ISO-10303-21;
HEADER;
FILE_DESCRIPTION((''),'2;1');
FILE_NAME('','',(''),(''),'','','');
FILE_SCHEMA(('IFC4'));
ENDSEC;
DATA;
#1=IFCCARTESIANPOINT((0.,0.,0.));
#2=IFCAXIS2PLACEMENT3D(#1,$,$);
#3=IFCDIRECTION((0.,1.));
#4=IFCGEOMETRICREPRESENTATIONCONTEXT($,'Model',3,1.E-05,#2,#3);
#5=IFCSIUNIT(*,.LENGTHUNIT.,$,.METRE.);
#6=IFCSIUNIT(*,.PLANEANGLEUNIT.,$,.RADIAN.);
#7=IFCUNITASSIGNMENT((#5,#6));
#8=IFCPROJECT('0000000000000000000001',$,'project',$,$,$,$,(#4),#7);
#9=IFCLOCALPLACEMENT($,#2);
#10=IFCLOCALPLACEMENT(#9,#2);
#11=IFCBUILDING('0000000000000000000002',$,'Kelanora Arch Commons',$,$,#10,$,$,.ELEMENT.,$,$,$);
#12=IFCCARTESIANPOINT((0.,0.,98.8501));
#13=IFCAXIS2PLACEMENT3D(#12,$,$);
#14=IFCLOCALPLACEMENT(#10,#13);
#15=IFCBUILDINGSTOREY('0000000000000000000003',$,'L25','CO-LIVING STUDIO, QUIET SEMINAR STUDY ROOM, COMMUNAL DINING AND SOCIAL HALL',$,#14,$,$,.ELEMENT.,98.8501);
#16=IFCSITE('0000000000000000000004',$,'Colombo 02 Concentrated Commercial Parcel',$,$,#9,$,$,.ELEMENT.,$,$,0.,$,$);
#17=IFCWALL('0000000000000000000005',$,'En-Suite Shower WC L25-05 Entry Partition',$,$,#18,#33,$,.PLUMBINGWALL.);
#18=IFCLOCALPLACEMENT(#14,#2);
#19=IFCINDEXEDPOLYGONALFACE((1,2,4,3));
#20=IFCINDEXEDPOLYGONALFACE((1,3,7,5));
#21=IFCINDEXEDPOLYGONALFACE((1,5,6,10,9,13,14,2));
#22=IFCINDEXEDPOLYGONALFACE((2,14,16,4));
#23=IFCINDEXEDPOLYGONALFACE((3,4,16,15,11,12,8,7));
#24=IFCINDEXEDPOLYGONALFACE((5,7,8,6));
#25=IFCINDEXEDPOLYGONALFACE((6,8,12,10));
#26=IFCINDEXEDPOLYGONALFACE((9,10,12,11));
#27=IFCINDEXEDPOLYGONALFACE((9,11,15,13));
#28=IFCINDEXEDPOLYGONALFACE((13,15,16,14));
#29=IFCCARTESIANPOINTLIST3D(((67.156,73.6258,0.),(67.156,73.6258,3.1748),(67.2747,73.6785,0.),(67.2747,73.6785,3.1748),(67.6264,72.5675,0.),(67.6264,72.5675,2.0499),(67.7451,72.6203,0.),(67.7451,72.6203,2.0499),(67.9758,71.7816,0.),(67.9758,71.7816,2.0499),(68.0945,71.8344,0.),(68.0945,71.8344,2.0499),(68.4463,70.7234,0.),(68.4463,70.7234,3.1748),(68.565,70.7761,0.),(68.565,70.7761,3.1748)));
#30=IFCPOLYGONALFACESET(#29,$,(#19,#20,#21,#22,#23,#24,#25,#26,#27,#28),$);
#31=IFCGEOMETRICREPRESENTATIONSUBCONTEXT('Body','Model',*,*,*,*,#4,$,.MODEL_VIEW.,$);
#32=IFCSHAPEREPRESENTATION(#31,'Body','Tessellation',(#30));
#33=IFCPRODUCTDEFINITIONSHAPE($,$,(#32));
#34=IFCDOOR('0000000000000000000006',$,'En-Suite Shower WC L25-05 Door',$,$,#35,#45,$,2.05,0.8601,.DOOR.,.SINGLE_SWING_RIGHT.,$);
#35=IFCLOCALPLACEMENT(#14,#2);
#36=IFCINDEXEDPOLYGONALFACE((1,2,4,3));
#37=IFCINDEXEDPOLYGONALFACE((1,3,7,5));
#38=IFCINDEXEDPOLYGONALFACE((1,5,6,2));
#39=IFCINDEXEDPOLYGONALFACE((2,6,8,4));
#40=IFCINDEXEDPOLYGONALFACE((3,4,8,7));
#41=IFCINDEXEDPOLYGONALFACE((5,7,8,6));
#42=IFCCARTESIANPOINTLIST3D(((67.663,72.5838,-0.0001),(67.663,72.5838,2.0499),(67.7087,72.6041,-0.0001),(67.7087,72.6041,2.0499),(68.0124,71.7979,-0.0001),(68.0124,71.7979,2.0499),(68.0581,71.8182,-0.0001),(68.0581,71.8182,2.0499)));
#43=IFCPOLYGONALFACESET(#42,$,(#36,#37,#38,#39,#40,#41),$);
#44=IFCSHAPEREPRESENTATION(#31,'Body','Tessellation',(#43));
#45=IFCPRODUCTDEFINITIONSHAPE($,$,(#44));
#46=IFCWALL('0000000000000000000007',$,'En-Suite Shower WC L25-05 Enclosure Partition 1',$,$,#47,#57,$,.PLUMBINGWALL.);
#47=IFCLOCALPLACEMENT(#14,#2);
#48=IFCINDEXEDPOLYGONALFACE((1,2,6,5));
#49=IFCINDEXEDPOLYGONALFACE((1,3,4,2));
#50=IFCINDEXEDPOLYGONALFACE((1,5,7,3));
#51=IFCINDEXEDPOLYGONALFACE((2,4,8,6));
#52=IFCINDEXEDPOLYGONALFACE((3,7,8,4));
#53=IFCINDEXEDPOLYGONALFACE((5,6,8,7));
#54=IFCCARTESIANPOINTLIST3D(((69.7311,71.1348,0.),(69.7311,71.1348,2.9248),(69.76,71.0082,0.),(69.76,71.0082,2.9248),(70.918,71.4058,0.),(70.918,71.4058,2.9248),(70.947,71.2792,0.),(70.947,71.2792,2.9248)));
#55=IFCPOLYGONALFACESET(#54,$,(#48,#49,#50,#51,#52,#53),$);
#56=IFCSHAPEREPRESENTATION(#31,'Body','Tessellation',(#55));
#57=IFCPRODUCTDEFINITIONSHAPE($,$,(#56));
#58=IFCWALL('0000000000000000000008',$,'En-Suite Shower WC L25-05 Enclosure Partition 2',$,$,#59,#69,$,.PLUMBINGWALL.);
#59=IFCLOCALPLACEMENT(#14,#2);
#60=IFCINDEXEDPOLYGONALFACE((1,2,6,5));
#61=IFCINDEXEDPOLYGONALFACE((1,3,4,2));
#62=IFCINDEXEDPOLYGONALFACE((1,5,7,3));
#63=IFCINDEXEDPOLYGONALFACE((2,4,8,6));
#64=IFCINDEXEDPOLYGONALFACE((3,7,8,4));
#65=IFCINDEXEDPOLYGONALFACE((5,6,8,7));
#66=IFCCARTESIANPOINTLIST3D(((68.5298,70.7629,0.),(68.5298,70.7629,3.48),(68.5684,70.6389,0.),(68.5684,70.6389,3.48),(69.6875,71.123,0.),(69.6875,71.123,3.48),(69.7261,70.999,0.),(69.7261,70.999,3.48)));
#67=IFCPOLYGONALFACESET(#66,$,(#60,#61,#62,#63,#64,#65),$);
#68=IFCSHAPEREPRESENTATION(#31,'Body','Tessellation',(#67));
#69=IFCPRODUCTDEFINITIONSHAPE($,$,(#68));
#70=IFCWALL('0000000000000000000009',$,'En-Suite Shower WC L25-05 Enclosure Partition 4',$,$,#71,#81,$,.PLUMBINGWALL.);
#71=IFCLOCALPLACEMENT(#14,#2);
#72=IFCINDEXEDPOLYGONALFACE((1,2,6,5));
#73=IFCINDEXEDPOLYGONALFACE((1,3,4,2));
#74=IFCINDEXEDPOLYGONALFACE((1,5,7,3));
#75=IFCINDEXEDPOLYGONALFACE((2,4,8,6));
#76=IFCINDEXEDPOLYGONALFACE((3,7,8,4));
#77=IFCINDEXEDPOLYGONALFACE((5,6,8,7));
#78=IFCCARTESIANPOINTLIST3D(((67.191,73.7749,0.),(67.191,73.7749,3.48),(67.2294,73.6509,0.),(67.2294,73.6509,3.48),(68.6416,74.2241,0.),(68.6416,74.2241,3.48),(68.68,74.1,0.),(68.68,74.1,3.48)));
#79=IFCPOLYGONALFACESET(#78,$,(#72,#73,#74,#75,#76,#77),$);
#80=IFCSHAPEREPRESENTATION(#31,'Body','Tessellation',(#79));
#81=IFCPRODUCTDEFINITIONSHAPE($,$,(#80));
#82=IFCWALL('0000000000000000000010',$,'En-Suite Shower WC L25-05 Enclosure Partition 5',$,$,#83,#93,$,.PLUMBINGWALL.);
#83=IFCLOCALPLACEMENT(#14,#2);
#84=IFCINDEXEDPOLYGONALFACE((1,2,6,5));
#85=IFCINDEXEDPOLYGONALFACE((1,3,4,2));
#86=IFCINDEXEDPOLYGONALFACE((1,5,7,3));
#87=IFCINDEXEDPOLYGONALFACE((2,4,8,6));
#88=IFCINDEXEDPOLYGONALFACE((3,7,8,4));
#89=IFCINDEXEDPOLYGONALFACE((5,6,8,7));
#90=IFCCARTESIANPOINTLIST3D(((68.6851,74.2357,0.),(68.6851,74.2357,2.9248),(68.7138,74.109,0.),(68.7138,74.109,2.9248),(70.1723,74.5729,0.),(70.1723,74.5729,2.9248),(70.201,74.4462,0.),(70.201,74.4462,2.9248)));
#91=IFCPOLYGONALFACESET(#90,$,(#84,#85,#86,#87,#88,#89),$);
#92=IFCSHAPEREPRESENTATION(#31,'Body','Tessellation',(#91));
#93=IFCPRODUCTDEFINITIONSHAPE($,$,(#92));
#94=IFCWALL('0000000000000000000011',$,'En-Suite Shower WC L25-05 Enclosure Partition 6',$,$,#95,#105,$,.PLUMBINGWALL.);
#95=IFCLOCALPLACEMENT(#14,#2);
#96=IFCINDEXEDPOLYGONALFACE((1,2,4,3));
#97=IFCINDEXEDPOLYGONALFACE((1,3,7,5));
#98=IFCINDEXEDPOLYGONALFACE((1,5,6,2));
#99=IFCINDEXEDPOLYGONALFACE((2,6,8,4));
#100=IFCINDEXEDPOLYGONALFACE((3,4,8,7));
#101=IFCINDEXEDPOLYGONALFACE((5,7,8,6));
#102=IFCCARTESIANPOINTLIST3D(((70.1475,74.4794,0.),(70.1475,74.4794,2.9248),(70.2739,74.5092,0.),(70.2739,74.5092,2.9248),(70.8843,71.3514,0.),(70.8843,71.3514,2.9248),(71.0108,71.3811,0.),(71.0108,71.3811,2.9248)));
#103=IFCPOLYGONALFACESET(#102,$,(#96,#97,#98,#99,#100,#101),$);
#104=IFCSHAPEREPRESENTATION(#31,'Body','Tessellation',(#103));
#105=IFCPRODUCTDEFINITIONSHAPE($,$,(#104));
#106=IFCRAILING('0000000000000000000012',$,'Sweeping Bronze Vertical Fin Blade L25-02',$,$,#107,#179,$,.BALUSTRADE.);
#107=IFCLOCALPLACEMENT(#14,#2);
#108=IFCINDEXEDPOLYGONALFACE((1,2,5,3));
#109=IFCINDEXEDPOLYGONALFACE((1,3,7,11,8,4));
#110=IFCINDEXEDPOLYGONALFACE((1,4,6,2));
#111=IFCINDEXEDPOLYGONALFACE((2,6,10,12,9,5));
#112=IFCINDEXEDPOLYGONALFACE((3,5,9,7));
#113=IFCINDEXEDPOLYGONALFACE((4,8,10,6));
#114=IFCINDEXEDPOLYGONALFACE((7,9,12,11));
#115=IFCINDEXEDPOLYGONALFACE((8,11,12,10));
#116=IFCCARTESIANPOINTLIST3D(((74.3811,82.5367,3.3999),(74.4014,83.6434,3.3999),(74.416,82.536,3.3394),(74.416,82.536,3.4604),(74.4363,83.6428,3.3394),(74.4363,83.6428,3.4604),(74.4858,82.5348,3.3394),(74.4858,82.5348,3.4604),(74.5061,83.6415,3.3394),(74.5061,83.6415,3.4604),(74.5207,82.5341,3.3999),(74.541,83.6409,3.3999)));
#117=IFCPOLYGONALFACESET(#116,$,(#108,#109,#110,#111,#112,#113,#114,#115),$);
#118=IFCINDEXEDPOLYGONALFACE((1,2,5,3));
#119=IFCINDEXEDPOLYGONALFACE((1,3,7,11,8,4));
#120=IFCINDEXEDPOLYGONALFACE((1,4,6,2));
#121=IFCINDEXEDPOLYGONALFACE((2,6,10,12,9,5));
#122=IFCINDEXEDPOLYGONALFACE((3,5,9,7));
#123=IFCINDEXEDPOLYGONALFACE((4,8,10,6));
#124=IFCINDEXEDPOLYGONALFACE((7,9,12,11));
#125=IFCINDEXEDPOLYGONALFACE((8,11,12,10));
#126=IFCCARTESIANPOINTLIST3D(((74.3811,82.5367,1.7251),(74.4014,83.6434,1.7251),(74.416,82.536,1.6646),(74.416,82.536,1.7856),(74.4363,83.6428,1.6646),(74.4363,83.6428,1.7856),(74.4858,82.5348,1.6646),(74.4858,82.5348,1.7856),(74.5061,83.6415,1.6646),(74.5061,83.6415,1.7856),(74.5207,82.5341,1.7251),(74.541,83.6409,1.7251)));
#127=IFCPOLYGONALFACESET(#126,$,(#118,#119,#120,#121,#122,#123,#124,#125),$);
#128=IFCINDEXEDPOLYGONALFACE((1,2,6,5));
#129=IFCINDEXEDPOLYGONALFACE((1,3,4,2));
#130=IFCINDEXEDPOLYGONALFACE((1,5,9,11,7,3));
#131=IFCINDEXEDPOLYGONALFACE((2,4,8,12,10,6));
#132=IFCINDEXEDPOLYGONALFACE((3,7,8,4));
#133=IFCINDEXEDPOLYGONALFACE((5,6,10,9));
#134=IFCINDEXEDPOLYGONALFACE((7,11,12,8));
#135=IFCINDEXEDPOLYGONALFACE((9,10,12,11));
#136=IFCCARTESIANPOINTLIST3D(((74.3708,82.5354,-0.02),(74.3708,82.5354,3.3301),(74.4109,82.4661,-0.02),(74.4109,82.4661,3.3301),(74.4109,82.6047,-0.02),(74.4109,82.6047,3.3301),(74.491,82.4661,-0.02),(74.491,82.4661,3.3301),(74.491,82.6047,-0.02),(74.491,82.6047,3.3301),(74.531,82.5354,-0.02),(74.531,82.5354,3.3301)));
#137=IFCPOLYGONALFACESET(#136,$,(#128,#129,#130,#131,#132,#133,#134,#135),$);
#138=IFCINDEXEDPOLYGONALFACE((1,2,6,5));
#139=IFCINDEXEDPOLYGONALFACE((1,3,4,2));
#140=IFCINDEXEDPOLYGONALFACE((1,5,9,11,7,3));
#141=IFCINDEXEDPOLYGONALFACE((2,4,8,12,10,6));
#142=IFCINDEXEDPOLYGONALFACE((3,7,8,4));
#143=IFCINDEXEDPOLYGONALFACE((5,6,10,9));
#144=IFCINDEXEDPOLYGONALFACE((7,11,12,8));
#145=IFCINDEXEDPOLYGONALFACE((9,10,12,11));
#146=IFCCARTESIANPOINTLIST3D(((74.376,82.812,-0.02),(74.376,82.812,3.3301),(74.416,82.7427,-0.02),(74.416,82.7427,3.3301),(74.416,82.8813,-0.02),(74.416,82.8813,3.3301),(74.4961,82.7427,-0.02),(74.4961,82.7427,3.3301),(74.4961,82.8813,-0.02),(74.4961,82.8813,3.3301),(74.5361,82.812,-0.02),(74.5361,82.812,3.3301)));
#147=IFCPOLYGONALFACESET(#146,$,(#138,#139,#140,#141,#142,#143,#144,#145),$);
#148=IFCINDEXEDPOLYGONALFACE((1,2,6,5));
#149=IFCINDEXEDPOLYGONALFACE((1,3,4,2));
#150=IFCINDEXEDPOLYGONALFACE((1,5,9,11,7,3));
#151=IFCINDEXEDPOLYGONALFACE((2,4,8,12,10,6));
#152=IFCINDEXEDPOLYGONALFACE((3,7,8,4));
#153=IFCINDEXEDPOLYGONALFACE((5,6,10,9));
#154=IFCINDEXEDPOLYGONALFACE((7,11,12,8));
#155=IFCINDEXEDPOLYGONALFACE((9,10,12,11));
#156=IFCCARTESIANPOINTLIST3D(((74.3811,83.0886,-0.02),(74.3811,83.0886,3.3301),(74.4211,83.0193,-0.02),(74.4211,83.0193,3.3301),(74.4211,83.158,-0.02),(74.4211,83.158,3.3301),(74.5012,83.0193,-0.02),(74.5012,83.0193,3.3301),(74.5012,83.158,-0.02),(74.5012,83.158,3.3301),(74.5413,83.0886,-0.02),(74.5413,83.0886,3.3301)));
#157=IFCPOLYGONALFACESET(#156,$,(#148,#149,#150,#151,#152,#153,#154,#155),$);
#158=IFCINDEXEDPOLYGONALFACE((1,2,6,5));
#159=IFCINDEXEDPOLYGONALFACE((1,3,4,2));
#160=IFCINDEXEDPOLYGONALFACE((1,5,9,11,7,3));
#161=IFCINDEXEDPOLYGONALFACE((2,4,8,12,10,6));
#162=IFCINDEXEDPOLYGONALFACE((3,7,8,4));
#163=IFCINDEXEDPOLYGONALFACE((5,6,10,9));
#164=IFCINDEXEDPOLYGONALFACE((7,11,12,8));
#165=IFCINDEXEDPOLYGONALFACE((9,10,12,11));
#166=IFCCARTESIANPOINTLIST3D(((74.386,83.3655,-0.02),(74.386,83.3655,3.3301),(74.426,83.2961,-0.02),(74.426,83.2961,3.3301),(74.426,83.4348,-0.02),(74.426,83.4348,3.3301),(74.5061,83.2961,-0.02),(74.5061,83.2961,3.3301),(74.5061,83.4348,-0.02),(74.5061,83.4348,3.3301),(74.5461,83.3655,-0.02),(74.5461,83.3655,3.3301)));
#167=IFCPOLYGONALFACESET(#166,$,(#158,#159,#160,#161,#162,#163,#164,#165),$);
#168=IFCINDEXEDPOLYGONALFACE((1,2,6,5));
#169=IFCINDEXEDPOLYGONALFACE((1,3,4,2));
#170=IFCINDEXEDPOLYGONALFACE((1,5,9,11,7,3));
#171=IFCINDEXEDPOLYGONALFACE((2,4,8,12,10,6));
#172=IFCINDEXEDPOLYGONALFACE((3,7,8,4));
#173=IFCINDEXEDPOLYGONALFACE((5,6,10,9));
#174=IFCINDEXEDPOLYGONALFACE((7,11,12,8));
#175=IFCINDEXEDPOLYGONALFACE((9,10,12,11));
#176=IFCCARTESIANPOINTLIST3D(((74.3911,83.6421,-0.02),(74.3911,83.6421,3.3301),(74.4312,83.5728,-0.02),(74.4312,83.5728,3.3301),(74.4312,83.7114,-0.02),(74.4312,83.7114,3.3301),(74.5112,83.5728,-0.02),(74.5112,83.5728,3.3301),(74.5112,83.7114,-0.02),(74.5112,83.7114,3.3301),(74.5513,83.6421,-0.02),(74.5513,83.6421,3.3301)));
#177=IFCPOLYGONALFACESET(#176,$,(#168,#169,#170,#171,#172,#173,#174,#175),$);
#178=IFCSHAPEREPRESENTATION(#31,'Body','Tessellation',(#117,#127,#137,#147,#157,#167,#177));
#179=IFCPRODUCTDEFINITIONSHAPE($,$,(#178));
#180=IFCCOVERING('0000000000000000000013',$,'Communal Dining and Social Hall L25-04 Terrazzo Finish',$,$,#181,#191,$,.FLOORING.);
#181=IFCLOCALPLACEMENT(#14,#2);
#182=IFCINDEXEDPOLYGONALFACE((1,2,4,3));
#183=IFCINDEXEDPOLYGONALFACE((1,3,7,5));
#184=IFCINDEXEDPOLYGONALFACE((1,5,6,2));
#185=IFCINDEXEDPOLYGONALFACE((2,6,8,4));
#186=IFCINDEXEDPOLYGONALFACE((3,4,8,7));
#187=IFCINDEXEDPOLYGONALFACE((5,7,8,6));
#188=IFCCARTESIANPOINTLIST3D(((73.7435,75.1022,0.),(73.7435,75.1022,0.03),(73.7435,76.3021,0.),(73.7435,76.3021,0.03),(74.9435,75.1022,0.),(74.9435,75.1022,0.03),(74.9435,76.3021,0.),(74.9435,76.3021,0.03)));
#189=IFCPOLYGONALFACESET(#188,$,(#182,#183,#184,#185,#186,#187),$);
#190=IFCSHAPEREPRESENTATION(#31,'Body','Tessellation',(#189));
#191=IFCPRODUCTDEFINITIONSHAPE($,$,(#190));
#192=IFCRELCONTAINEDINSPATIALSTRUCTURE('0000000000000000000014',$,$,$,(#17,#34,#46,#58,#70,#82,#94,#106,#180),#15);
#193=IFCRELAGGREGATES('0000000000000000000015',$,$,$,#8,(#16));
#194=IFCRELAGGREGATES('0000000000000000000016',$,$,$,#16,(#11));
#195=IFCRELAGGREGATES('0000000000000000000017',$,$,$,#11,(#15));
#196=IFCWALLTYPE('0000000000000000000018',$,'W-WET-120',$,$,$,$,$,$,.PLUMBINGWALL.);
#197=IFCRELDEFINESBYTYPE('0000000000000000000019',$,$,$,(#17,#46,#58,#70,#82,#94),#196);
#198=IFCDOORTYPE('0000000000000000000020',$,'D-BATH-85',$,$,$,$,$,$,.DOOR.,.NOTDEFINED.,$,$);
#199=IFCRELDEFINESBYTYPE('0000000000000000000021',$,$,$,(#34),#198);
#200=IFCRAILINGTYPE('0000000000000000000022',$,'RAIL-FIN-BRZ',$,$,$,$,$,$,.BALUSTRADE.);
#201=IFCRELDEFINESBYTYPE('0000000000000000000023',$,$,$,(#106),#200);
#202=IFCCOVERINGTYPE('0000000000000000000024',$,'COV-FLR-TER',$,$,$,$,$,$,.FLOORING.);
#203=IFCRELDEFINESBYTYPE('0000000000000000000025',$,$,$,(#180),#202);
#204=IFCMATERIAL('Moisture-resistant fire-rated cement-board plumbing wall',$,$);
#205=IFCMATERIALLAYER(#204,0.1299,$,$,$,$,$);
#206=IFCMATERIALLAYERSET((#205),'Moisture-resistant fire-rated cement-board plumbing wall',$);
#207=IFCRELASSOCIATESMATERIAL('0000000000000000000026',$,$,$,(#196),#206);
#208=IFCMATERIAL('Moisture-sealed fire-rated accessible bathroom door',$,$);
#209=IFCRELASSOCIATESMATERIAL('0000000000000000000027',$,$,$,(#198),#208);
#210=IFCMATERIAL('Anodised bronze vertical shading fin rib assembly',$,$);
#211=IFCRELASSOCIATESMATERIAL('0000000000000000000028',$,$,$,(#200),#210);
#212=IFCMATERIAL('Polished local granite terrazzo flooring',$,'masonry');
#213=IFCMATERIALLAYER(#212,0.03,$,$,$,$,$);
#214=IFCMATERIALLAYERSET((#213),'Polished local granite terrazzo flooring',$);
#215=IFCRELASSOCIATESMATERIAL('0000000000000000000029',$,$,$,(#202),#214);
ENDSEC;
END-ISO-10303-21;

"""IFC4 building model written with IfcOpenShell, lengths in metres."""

from ifc_helpers import new_model, si_unit, direction, frame, frame_2d, origin, origin_2d, place, context, subcontext, project, spatial, polyline, rectangle, outline, extrude, source, transform, mapped, material, layer, layer_set, type_object, element, fill, save


model = new_model("IFC4")

# Units and contexts
model_context = context("Model", 3, precision=1e-05, world=origin(), true_north=direction((0.0, 1.0)))
body_context = subcontext(model_context, "Body", "Model", "MODEL_VIEW")
ifc_project = project(units=[si_unit("LENGTHUNIT", "METRE"), si_unit("PLANEANGLEUNIT", "RADIAN")], contexts=[model_context])

# Site, building, storey
site_placement = place(None, origin())
site = spatial("IfcSite", under=ifc_project, at=site_placement, Name="Colombo 02 Concentrated Commercial Parcel", CompositionType="ELEMENT", RefElevation=0.0)
building_placement = place(site_placement, origin())
building = spatial("IfcBuilding", under=site, at=building_placement, Name="Kelanora Arch Commons", CompositionType="ELEMENT")
storey_placement = place(building_placement, frame((0.0, 0.0, 98.8501)))
storey = spatial("IfcBuildingStorey", under=building, at=storey_placement, Name="L25", Description="CO-LIVING STUDIO, QUIET SEMINAR STUDY ROOM, COMMUNAL DINING AND SOCIAL HALL", CompositionType="ELEMENT", Elevation=98.8501)

# Wall, opening, door
ifc_material_1 = material(Name="Moisture-resistant fire-rated cement-board plumbing wall")
ifc_layer_1 = layer(ifc_material_1, 0.1299)
ifc_layer_set_1 = layer_set([ifc_layer_1], Name="Moisture-resistant fire-rated cement-board plumbing wall")
wall_type_1 = type_object("IfcWallType", Name="W-WET-120", PredefinedType="PLUMBINGWALL", material=ifc_layer_set_1)
wall_1_placement = place(storey_placement, frame((68.5056, 70.7498, 0.0), z_axis=(0.0, 0.0, 1.0), x_axis=(-0.406231, 0.91377, 0.0)))
wall_1 = element("IfcWall", 1, at=wall_1_placement, inside=storey, type_object=wall_type_1, Name="En-Suite Shower WC L25-05 Entry Partition", PredefinedType="PLUMBINGWALL", context=body_context, shape_type="SweptSolid", body=[
    extrude(rectangle(XDim=3.1763, YDim=0.1299, at=frame_2d((1.5881, 0.0))), origin(), (0.0, 0.0, 1.0), 3.1748),
])
opening_1_placement = place(wall_1_placement, frame((1.158, 0.0, 0.0)))
opening_1 = element("IfcOpeningElement", 2, at=opening_1_placement, cuts=wall_1, PredefinedType="OPENING", context=body_context, shape_type="SweptSolid", body=[
    extrude(rectangle(XDim=0.8601, YDim=2.05, at=frame_2d((0.4302, 1.0249))), frame((0.0, 0.075, 0.0), z_axis=(0.0, -1.0, 0.0), x_axis=(1.0, 0.0, 0.0)), (0.0, 0.0, 1.0), 0.1499),
])
ifc_material_2 = material(Name="Moisture-sealed fire-rated accessible bathroom door")
door_type_1 = type_object("IfcDoorType", Name="D-BATH-85", OperationType="NOTDEFINED", PredefinedType="DOOR", material=ifc_material_2)
door_1_placement = place(opening_1_placement, origin())
door_1 = element("IfcDoor", 3, at=door_1_placement, inside=storey, type_object=door_type_1, Name="En-Suite Shower WC L25-05 Door", OperationType="SINGLE_SWING_RIGHT", OverallHeight=2.05, OverallWidth=0.8601, PredefinedType="DOOR", context=body_context, shape_type="SweptSolid", body=[
    extrude(rectangle(XDim=0.8601, YDim=2.05, at=frame_2d((0.4302, 1.0249))), frame((0.0, 0.0249, 0.0), z_axis=(0.0, -1.0, 0.0), x_axis=(1.0, 0.0, 0.0)), (0.0, 0.0, 1.0), 0.05),
])
fill(opening_1, door_1)

# Walls
wall_2_placement = place(storey_placement, frame((70.9326, 71.3425, 0.0), z_axis=(0.0, 0.0, 1.0), x_axis=(-0.974916, -0.222574, 0.0)))
element("IfcWall", 4, at=wall_2_placement, inside=storey, type_object=wall_type_1, Name="En-Suite Shower WC L25-05 Enclosure Partition 1", PredefinedType="PLUMBINGWALL", context=body_context, shape_type="SweptSolid", body=[
    extrude(rectangle(XDim=1.2175, YDim=0.1299, at=frame_2d((0.6089, 0.0))), origin(), (0.0, 0.0, 1.0), 2.9248),
])
wall_3_placement = place(storey_placement, frame((69.7068, 71.061, 0.0), z_axis=(0.0, 0.0, 1.0), x_axis=(-0.954873, -0.297014, 0.0)))
element("IfcWall", 5, at=wall_3_placement, inside=storey, type_object=wall_type_1, Name="En-Suite Shower WC L25-05 Enclosure Partition 2", PredefinedType="PLUMBINGWALL", context=body_context, shape_type="SweptSolid", body=[
    extrude(rectangle(XDim=1.2124, YDim=0.1299, at=frame_2d((0.6062, 0.0))), origin(), (0.0, 0.0, 1.0), 3.48),
])
wall_4_placement = place(storey_placement, frame((67.2102, 73.7129, 0.0), z_axis=(0.0, 0.0, 1.0), x_axis=(0.955249, 0.295802, 0.0)))
element("IfcWall", 6, at=wall_4_placement, inside=storey, type_object=wall_type_1, Name="En-Suite Shower WC L25-05 Enclosure Partition 4", PredefinedType="PLUMBINGWALL", context=body_context, shape_type="SweptSolid", body=[
    extrude(rectangle(XDim=1.5186, YDim=0.1299, at=frame_2d((0.7593, 0.0))), origin(), (0.0, 0.0, 1.0), 3.48),
])
wall_5_placement = place(storey_placement, frame((68.6995, 74.1724, 0.0), z_axis=(0.0, 0.0, 1.0), x_axis=(0.975248, 0.221116, 0.0)))
element("IfcWall", 7, at=wall_5_placement, inside=storey, type_object=wall_type_1, Name="En-Suite Shower WC L25-05 Enclosure Partition 5", PredefinedType="PLUMBINGWALL", context=body_context, shape_type="SweptSolid", body=[
    extrude(rectangle(XDim=1.5249, YDim=0.1299, at=frame_2d((0.7625, 0.0))), origin(), (0.0, 0.0, 1.0), 2.9248),
])
wall_6_placement = place(storey_placement, frame((70.2107, 74.4944, 0.0), z_axis=(0.0, 0.0, 1.0), x_axis=(0.229285, -0.973359, 0.0)))
element("IfcWall", 8, at=wall_6_placement, inside=storey, type_object=wall_type_1, Name="En-Suite Shower WC L25-05 Enclosure Partition 6", PredefinedType="PLUMBINGWALL", context=body_context, shape_type="SweptSolid", body=[
    extrude(rectangle(XDim=3.2136, YDim=0.1299, at=frame_2d((1.6069, 0.0))), origin(), (0.0, 0.0, 1.0), 2.9248),
])

# Railing
ifc_material_3 = material(Name="Anodised bronze vertical shading fin rib assembly")
railing_type = type_object("IfcRailingType", Name="RAIL-FIN-BRZ", PredefinedType="BALUSTRADE", material=ifc_material_3)
railing_placement = place(storey_placement, frame((74.4509, 82.5354, -0.02)))
element("IfcRailing", 9, at=railing_placement, inside=storey, type_object=railing_type, Name="Sweeping Bronze Vertical Fin Blade L25-02", PredefinedType="BALUSTRADE", context=body_context, shape_type="SweptSolid", body=[
    extrude(outline(polyline([(0.0698, 0.0), (0.0349, 0.0605), (-0.0349, 0.0605), (-0.0698, 0.0), (-0.0349, -0.0605), (0.0349, -0.0605), (0.0698, 0.0)])), frame((0.0, 0.0, 3.4199), z_axis=(0.018307, 0.999832, 0.0), x_axis=(-0.999832, 0.018307, 0.0)), (0.0, 0.0, 1.0), 1.1069),
    extrude(outline(polyline([(0.0698, 0.0), (0.0349, 0.0605), (-0.0349, 0.0605), (-0.0698, 0.0), (-0.0349, -0.0605), (0.0349, -0.0605), (0.0698, 0.0)])), frame((0.0, 0.0, 1.7451), z_axis=(0.018307, 0.999832, 0.0), x_axis=(-0.999832, 0.018307, 0.0)), (0.0, 0.0, 1.0), 1.1069),
    extrude(outline(polyline([(0.0801, 0.0), (0.04, 0.0693), (-0.04, 0.0693), (-0.0801, 0.0), (-0.04, -0.0693), (0.04, -0.0693), (0.0801, 0.0)])), origin(), (0.0, 0.0, 1.0), 3.3501),
    extrude(outline(polyline([(0.0801, 0.0), (0.04, 0.0693), (-0.04, 0.0693), (-0.0801, 0.0), (-0.04, -0.0693), (0.04, -0.0693), (0.0801, 0.0)])), frame((0.0051, 0.2766, 0.0)), (0.0, 0.0, 1.0), 3.3501),
    extrude(outline(polyline([(0.0801, 0.0), (0.04, 0.0693), (-0.04, 0.0693), (-0.0801, 0.0), (-0.04, -0.0693), (0.04, -0.0693), (0.0801, 0.0)])), frame((0.0103, 0.5532, 0.0)), (0.0, 0.0, 1.0), 3.3501),
    extrude(outline(polyline([(0.0801, 0.0), (0.04, 0.0693), (-0.04, 0.0693), (-0.0801, 0.0), (-0.04, -0.0693), (0.04, -0.0693), (0.0801, 0.0)])), frame((0.0151, 0.8301, 0.0)), (0.0, 0.0, 1.0), 3.3501),
    extrude(outline(polyline([(0.0801, 0.0), (0.04, 0.0693), (-0.04, 0.0693), (-0.0801, 0.0), (-0.04, -0.0693), (0.04, -0.0693), (0.0801, 0.0)])), frame((0.0203, 1.1067, 0.0)), (0.0, 0.0, 1.0), 3.3501),
])

# Covering
ifc_material_4 = material(Name="Polished local granite terrazzo flooring", Category="masonry")
ifc_layer_2 = layer(ifc_material_4, 0.03)
ifc_layer_set_2 = layer_set([ifc_layer_2], Name="Polished local granite terrazzo flooring")
covering_type = type_object("IfcCoveringType", Name="COV-FLR-TER", PredefinedType="FLOORING", material=ifc_layer_set_2)
shared_shape_1 = source(origin(), body_context, "Body", "SweptSolid", [
    extrude(rectangle(XDim=1.2, YDim=1.2, at=origin_2d()), origin(), (0.0, 0.0, 1.0), 0.03),
])
for number, where, z_axis, x_axis, name in (
    (10, (74.3435, 75.7021, 0.0), (0.0, 0.0, 1.0), (1.0, 0.0, 0.0), "Communal Dining and Social Hall L25-04 Terrazzo Finish"),
):
    element("IfcCovering", number, at=place(storey_placement, frame(where, z_axis=z_axis, x_axis=x_axis)), inside=storey, type_object=covering_type, Name=name, PredefinedType="FLOORING", context=body_context, shape_type="MappedRepresentation", body=[
        mapped(shared_shape_1, transform((0.0, 0.0, 0.0), scale=1.0)),
    ])

save(model, "model.ifc")
